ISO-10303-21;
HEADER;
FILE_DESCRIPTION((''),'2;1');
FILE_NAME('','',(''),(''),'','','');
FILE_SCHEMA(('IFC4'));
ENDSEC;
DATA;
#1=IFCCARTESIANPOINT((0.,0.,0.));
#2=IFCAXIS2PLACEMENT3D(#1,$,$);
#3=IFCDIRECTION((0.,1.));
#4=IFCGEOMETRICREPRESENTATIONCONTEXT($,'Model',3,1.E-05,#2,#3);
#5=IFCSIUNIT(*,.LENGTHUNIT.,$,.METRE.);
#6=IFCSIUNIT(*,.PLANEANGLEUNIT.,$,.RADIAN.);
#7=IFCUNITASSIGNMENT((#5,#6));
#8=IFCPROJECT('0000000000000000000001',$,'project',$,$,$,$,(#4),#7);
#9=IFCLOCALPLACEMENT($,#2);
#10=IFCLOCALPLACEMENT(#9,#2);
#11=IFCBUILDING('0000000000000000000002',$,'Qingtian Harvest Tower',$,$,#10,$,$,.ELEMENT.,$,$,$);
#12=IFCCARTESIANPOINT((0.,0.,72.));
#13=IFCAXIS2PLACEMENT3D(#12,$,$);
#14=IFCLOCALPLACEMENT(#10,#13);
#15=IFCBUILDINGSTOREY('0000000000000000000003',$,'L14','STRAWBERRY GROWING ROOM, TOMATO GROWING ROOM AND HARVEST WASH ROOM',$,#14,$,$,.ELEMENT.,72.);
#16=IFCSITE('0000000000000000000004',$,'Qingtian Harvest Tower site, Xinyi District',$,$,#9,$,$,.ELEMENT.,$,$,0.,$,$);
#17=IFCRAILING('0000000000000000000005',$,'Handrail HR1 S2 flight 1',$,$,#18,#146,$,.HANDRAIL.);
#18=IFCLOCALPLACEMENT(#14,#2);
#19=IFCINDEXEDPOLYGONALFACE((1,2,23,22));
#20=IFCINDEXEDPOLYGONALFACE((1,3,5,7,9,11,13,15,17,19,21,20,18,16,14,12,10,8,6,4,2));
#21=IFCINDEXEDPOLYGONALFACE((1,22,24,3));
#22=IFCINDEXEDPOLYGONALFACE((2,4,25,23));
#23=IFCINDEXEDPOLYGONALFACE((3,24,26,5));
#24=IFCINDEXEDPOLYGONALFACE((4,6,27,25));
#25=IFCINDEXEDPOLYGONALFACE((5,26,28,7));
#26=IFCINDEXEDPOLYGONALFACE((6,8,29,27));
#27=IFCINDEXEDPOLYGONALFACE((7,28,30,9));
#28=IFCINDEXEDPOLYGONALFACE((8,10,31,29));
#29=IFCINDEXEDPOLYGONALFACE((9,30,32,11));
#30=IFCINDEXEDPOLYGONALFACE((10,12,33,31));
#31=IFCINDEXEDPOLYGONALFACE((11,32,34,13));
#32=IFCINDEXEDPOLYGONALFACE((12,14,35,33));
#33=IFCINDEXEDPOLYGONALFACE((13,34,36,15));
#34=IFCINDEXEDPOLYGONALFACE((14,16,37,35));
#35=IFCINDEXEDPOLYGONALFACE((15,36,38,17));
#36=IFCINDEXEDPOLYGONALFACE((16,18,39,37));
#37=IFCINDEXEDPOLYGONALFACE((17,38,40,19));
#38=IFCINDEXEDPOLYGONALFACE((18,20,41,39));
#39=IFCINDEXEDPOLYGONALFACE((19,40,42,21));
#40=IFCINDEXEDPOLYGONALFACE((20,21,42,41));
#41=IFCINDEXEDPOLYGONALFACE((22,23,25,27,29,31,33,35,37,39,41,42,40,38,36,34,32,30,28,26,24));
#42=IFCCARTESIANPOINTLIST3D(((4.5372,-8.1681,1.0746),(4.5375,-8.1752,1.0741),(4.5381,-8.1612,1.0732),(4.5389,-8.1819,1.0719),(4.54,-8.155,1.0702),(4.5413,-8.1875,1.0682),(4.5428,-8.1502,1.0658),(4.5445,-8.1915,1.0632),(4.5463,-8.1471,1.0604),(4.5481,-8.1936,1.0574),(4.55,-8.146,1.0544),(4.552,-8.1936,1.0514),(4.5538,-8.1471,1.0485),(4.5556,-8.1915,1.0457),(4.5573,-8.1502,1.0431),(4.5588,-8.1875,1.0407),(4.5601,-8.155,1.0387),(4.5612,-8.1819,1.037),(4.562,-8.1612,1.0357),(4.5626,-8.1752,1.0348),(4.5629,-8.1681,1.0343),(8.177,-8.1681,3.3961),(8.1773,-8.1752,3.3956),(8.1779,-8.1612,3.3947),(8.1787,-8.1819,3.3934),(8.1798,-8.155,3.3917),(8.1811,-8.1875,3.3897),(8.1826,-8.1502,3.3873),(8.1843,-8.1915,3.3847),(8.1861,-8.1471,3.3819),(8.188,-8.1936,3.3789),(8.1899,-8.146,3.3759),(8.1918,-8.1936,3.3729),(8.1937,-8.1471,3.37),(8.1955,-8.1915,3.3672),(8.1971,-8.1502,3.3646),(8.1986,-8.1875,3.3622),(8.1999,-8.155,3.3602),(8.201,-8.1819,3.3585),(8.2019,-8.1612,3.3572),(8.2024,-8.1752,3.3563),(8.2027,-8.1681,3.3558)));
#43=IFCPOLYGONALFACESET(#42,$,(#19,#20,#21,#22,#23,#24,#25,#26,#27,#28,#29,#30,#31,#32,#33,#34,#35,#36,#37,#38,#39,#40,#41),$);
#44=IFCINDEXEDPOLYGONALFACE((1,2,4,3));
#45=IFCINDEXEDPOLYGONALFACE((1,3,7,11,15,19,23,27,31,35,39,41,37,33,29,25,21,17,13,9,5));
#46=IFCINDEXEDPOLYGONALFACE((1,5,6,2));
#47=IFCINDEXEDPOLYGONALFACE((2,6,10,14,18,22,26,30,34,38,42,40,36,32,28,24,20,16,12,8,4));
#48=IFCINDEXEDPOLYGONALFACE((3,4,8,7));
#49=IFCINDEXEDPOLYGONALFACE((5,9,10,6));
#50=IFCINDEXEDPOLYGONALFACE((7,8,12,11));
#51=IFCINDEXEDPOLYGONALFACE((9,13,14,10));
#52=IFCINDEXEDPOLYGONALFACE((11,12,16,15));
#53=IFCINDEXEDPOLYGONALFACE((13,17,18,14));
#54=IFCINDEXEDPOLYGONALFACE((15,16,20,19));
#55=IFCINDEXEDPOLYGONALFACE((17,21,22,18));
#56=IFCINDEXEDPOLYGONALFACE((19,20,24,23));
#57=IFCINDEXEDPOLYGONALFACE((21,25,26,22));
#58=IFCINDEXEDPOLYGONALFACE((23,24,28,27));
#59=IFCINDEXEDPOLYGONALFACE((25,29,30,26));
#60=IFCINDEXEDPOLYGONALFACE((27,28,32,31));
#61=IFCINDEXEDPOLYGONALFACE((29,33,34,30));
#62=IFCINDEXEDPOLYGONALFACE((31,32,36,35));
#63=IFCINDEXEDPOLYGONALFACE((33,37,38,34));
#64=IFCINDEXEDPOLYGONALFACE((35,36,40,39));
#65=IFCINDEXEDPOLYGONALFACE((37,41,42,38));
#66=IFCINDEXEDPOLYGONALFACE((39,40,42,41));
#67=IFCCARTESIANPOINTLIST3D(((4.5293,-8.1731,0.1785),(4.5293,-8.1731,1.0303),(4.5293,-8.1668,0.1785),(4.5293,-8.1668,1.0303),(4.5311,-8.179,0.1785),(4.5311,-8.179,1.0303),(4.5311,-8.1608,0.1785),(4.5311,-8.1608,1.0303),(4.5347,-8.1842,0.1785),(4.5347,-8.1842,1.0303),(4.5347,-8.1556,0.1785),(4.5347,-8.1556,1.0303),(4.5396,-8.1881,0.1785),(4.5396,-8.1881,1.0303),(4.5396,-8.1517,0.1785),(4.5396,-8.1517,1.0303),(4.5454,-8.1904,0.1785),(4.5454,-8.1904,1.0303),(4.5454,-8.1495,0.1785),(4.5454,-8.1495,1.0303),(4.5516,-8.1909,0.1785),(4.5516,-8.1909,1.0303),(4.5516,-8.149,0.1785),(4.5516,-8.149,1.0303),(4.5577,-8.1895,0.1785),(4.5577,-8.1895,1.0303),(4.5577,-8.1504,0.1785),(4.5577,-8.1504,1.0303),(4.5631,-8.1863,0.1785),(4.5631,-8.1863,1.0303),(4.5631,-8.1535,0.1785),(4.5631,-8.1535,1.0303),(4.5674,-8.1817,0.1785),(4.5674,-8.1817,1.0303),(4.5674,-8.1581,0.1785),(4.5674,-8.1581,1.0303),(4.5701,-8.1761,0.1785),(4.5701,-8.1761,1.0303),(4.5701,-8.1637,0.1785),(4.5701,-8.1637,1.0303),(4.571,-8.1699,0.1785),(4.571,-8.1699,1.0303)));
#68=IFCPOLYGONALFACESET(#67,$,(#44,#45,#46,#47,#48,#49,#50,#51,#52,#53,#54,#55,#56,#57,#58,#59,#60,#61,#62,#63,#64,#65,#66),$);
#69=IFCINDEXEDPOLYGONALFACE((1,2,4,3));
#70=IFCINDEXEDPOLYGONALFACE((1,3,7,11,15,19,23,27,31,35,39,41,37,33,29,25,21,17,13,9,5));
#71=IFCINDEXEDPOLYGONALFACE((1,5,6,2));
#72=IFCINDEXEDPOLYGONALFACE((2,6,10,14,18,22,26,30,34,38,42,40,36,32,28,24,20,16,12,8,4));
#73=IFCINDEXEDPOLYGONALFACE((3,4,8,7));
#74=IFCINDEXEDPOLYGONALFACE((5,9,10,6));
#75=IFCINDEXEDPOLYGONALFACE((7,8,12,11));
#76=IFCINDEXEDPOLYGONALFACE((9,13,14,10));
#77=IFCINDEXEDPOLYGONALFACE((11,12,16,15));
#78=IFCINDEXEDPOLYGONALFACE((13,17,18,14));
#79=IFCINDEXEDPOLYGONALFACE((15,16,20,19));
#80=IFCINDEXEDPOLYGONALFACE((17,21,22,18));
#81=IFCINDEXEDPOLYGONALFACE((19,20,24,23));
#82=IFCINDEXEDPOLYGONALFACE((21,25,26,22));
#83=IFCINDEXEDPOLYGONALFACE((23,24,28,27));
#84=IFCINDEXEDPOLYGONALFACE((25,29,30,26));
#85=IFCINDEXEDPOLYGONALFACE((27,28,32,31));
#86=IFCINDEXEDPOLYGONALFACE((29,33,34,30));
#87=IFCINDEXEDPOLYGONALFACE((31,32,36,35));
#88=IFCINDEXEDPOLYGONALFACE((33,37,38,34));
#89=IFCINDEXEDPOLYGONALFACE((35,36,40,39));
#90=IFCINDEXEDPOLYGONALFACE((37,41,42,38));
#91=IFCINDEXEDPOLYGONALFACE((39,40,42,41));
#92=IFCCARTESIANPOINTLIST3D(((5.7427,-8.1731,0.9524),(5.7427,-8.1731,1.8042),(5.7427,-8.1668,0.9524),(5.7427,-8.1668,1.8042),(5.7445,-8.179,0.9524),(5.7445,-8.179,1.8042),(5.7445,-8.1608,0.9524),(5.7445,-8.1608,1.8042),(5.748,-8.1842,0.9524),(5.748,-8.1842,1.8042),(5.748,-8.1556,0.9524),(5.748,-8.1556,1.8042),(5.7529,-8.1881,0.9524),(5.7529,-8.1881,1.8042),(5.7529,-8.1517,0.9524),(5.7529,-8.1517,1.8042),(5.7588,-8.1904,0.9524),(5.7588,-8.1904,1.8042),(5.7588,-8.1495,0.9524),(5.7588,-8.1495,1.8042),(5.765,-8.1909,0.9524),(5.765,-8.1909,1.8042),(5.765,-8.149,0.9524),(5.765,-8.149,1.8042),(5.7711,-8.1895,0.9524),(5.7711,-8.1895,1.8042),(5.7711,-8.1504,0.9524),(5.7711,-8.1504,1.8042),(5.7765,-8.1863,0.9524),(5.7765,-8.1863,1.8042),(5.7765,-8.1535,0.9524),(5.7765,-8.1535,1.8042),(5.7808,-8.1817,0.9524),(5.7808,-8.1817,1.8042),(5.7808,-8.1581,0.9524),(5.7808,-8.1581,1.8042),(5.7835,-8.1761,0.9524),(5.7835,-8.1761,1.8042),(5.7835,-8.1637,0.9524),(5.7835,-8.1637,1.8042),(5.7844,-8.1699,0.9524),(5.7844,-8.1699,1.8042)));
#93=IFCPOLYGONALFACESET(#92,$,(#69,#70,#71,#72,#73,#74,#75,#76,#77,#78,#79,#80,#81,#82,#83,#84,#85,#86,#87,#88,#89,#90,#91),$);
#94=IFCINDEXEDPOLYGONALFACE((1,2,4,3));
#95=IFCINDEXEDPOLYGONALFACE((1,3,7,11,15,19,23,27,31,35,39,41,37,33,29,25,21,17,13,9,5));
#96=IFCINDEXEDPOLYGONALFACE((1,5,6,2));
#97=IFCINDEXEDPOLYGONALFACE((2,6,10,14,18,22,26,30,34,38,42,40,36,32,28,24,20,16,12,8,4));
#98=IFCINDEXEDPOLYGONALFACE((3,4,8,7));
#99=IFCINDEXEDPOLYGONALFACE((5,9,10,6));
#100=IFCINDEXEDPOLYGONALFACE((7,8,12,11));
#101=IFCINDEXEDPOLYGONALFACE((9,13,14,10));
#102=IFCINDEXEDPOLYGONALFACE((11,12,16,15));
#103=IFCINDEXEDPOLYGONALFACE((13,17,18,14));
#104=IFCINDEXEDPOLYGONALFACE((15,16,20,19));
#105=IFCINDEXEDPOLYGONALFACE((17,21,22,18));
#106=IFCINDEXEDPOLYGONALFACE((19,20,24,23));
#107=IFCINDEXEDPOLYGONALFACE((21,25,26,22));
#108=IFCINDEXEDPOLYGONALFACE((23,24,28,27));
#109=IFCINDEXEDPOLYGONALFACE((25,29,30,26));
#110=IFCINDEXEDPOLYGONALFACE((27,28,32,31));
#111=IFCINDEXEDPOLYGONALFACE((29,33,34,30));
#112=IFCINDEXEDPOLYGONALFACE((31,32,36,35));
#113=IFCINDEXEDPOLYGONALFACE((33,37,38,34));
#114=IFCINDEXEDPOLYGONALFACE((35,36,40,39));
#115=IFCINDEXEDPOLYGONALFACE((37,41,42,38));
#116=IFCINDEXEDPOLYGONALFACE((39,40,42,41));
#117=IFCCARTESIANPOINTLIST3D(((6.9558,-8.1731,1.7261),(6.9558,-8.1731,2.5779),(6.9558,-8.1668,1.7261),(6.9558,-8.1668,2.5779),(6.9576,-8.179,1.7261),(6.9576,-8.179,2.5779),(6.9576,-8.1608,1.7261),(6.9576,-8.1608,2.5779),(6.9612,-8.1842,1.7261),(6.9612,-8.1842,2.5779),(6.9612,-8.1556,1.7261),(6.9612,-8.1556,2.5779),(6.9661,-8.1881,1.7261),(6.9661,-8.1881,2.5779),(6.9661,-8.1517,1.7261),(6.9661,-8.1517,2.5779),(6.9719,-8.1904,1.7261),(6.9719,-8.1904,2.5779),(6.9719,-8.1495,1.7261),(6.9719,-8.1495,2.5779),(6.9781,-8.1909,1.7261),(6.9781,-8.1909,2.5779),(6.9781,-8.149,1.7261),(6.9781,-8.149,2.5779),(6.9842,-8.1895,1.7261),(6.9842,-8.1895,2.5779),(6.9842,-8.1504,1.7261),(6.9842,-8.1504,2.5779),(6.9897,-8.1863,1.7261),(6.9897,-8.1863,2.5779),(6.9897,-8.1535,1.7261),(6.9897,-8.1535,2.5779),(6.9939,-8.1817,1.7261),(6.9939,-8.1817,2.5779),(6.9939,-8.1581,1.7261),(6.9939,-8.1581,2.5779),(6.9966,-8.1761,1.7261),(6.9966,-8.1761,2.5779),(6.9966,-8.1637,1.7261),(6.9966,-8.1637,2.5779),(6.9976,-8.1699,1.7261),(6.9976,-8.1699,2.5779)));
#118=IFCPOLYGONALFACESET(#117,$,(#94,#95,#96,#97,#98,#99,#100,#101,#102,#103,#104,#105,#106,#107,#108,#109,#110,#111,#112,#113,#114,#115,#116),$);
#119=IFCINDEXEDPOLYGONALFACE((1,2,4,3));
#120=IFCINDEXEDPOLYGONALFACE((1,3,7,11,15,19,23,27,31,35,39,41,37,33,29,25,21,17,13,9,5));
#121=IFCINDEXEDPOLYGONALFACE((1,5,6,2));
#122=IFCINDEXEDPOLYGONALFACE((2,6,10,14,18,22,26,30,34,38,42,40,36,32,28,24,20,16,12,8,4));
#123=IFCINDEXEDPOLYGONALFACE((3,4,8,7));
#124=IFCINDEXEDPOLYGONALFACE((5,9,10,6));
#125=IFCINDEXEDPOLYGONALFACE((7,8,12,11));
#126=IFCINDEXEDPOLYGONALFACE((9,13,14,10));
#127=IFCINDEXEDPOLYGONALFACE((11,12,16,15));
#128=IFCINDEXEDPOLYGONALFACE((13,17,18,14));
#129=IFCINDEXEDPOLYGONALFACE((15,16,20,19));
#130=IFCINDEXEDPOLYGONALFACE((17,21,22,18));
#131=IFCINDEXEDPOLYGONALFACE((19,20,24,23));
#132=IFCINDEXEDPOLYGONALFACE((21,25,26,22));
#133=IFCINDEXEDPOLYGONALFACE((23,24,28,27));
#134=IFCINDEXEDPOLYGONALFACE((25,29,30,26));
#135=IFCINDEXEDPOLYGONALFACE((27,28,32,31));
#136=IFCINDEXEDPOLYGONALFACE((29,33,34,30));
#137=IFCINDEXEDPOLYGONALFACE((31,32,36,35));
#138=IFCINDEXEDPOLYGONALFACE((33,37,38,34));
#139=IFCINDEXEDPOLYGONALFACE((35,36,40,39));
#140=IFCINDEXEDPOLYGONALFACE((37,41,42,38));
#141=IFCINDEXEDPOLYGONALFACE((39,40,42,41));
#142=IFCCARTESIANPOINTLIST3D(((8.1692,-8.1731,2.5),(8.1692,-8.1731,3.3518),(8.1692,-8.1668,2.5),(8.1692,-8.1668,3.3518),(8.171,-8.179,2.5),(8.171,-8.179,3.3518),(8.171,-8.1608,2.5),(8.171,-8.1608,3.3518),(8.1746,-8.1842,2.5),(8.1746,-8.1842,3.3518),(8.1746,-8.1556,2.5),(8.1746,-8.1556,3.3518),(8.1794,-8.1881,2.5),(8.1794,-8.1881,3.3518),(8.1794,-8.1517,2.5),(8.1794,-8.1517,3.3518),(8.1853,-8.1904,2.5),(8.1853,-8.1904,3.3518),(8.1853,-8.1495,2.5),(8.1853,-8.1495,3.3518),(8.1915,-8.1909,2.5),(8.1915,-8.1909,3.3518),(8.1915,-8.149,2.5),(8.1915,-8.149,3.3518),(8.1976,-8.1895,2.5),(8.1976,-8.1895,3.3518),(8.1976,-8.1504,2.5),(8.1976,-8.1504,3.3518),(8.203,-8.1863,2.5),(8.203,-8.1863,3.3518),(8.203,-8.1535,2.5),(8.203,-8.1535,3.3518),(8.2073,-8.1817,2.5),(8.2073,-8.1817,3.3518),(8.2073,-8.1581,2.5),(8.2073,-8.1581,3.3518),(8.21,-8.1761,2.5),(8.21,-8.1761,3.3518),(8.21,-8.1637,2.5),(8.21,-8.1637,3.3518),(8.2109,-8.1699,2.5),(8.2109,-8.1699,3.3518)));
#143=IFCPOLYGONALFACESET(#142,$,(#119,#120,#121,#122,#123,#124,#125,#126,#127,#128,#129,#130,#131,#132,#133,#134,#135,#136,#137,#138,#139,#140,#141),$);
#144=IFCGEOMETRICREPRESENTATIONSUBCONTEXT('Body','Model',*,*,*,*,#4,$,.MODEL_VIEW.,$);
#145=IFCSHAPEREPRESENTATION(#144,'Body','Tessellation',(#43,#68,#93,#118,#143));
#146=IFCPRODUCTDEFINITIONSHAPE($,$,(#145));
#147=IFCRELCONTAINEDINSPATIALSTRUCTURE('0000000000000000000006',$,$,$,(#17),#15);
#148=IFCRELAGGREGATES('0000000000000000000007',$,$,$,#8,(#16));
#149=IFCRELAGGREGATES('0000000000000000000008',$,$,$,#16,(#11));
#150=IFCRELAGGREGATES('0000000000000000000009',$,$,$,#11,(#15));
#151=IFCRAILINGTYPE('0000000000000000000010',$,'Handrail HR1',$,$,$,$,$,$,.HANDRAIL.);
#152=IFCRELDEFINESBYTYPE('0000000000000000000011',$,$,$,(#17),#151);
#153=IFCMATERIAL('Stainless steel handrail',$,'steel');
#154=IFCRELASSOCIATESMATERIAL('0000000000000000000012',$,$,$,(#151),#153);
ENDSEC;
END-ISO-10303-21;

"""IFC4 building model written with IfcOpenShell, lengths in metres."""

from ifc_helpers import new_model, si_unit, direction, frame, origin, origin_2d, place, context, subcontext, project, spatial, circle, extrude, material, type_object, element, save


model = new_model("IFC4")

# Units and contexts
model_context = context("Model", 3, precision=1e-05, world=origin(), true_north=direction((0.0, 1.0)))
body_context = subcontext(model_context, "Body", "Model", "MODEL_VIEW")
ifc_project = project(units=[si_unit("LENGTHUNIT", "METRE"), si_unit("PLANEANGLEUNIT", "RADIAN")], contexts=[model_context])

# Site, building, storey
site_placement = place(None, origin())
site = spatial("IfcSite", under=ifc_project, at=site_placement, Name="Qingtian Harvest Tower site, Xinyi District", CompositionType="ELEMENT", RefElevation=0.0)
building_placement = place(site_placement, origin())
building = spatial("IfcBuilding", under=site, at=building_placement, Name="Qingtian Harvest Tower", CompositionType="ELEMENT")
storey_placement = place(building_placement, frame((0.0, 0.0, 72.0)))
storey = spatial("IfcBuildingStorey", under=building, at=storey_placement, Name="L14", Description="STRAWBERRY GROWING ROOM, TOMATO GROWING ROOM AND HARVEST WASH ROOM", CompositionType="ELEMENT", Elevation=72.0)

# Railing
ifc_material_1 = material(Name="Stainless steel handrail", Category="steel")
railing_type = type_object("IfcRailingType", Name="Handrail HR1", PredefinedType="HANDRAIL", material=ifc_material_1)
railing_1_placement = place(storey_placement, frame((4.55, -8.1699, 0.1785)))
element("IfcRailing", 1, at=railing_1_placement, inside=storey, type_object=railing_type, Name="Handrail HR1 S2 flight 1", PredefinedType="HANDRAIL", context=body_context, shape_type="SweptSolid", body=[
    extrude(circle(Radius=0.0239, at=origin_2d()), frame((0.0, 0.0, 0.876), z_axis=(0.843112, 0.0, 0.537739), x_axis=(0.0, 1.0, 0.0)), (0.0, 0.0, 1.0), 4.3171),
    extrude(circle(Radius=0.021, at=origin_2d()), origin(), (0.0, 0.0, 1.0), 0.8518),
    extrude(circle(Radius=0.021, at=origin_2d()), frame((1.2134, 0.0, 0.7739)), (0.0, 0.0, 1.0), 0.8518),
    extrude(circle(Radius=0.021, at=origin_2d()), frame((2.4265, 0.0, 1.5476)), (0.0, 0.0, 1.0), 0.8518),
    extrude(circle(Radius=0.021, at=origin_2d()), frame((3.6399, 0.0, 2.3215)), (0.0, 0.0, 1.0), 0.8518),
])

save(model, "model.ifc")
